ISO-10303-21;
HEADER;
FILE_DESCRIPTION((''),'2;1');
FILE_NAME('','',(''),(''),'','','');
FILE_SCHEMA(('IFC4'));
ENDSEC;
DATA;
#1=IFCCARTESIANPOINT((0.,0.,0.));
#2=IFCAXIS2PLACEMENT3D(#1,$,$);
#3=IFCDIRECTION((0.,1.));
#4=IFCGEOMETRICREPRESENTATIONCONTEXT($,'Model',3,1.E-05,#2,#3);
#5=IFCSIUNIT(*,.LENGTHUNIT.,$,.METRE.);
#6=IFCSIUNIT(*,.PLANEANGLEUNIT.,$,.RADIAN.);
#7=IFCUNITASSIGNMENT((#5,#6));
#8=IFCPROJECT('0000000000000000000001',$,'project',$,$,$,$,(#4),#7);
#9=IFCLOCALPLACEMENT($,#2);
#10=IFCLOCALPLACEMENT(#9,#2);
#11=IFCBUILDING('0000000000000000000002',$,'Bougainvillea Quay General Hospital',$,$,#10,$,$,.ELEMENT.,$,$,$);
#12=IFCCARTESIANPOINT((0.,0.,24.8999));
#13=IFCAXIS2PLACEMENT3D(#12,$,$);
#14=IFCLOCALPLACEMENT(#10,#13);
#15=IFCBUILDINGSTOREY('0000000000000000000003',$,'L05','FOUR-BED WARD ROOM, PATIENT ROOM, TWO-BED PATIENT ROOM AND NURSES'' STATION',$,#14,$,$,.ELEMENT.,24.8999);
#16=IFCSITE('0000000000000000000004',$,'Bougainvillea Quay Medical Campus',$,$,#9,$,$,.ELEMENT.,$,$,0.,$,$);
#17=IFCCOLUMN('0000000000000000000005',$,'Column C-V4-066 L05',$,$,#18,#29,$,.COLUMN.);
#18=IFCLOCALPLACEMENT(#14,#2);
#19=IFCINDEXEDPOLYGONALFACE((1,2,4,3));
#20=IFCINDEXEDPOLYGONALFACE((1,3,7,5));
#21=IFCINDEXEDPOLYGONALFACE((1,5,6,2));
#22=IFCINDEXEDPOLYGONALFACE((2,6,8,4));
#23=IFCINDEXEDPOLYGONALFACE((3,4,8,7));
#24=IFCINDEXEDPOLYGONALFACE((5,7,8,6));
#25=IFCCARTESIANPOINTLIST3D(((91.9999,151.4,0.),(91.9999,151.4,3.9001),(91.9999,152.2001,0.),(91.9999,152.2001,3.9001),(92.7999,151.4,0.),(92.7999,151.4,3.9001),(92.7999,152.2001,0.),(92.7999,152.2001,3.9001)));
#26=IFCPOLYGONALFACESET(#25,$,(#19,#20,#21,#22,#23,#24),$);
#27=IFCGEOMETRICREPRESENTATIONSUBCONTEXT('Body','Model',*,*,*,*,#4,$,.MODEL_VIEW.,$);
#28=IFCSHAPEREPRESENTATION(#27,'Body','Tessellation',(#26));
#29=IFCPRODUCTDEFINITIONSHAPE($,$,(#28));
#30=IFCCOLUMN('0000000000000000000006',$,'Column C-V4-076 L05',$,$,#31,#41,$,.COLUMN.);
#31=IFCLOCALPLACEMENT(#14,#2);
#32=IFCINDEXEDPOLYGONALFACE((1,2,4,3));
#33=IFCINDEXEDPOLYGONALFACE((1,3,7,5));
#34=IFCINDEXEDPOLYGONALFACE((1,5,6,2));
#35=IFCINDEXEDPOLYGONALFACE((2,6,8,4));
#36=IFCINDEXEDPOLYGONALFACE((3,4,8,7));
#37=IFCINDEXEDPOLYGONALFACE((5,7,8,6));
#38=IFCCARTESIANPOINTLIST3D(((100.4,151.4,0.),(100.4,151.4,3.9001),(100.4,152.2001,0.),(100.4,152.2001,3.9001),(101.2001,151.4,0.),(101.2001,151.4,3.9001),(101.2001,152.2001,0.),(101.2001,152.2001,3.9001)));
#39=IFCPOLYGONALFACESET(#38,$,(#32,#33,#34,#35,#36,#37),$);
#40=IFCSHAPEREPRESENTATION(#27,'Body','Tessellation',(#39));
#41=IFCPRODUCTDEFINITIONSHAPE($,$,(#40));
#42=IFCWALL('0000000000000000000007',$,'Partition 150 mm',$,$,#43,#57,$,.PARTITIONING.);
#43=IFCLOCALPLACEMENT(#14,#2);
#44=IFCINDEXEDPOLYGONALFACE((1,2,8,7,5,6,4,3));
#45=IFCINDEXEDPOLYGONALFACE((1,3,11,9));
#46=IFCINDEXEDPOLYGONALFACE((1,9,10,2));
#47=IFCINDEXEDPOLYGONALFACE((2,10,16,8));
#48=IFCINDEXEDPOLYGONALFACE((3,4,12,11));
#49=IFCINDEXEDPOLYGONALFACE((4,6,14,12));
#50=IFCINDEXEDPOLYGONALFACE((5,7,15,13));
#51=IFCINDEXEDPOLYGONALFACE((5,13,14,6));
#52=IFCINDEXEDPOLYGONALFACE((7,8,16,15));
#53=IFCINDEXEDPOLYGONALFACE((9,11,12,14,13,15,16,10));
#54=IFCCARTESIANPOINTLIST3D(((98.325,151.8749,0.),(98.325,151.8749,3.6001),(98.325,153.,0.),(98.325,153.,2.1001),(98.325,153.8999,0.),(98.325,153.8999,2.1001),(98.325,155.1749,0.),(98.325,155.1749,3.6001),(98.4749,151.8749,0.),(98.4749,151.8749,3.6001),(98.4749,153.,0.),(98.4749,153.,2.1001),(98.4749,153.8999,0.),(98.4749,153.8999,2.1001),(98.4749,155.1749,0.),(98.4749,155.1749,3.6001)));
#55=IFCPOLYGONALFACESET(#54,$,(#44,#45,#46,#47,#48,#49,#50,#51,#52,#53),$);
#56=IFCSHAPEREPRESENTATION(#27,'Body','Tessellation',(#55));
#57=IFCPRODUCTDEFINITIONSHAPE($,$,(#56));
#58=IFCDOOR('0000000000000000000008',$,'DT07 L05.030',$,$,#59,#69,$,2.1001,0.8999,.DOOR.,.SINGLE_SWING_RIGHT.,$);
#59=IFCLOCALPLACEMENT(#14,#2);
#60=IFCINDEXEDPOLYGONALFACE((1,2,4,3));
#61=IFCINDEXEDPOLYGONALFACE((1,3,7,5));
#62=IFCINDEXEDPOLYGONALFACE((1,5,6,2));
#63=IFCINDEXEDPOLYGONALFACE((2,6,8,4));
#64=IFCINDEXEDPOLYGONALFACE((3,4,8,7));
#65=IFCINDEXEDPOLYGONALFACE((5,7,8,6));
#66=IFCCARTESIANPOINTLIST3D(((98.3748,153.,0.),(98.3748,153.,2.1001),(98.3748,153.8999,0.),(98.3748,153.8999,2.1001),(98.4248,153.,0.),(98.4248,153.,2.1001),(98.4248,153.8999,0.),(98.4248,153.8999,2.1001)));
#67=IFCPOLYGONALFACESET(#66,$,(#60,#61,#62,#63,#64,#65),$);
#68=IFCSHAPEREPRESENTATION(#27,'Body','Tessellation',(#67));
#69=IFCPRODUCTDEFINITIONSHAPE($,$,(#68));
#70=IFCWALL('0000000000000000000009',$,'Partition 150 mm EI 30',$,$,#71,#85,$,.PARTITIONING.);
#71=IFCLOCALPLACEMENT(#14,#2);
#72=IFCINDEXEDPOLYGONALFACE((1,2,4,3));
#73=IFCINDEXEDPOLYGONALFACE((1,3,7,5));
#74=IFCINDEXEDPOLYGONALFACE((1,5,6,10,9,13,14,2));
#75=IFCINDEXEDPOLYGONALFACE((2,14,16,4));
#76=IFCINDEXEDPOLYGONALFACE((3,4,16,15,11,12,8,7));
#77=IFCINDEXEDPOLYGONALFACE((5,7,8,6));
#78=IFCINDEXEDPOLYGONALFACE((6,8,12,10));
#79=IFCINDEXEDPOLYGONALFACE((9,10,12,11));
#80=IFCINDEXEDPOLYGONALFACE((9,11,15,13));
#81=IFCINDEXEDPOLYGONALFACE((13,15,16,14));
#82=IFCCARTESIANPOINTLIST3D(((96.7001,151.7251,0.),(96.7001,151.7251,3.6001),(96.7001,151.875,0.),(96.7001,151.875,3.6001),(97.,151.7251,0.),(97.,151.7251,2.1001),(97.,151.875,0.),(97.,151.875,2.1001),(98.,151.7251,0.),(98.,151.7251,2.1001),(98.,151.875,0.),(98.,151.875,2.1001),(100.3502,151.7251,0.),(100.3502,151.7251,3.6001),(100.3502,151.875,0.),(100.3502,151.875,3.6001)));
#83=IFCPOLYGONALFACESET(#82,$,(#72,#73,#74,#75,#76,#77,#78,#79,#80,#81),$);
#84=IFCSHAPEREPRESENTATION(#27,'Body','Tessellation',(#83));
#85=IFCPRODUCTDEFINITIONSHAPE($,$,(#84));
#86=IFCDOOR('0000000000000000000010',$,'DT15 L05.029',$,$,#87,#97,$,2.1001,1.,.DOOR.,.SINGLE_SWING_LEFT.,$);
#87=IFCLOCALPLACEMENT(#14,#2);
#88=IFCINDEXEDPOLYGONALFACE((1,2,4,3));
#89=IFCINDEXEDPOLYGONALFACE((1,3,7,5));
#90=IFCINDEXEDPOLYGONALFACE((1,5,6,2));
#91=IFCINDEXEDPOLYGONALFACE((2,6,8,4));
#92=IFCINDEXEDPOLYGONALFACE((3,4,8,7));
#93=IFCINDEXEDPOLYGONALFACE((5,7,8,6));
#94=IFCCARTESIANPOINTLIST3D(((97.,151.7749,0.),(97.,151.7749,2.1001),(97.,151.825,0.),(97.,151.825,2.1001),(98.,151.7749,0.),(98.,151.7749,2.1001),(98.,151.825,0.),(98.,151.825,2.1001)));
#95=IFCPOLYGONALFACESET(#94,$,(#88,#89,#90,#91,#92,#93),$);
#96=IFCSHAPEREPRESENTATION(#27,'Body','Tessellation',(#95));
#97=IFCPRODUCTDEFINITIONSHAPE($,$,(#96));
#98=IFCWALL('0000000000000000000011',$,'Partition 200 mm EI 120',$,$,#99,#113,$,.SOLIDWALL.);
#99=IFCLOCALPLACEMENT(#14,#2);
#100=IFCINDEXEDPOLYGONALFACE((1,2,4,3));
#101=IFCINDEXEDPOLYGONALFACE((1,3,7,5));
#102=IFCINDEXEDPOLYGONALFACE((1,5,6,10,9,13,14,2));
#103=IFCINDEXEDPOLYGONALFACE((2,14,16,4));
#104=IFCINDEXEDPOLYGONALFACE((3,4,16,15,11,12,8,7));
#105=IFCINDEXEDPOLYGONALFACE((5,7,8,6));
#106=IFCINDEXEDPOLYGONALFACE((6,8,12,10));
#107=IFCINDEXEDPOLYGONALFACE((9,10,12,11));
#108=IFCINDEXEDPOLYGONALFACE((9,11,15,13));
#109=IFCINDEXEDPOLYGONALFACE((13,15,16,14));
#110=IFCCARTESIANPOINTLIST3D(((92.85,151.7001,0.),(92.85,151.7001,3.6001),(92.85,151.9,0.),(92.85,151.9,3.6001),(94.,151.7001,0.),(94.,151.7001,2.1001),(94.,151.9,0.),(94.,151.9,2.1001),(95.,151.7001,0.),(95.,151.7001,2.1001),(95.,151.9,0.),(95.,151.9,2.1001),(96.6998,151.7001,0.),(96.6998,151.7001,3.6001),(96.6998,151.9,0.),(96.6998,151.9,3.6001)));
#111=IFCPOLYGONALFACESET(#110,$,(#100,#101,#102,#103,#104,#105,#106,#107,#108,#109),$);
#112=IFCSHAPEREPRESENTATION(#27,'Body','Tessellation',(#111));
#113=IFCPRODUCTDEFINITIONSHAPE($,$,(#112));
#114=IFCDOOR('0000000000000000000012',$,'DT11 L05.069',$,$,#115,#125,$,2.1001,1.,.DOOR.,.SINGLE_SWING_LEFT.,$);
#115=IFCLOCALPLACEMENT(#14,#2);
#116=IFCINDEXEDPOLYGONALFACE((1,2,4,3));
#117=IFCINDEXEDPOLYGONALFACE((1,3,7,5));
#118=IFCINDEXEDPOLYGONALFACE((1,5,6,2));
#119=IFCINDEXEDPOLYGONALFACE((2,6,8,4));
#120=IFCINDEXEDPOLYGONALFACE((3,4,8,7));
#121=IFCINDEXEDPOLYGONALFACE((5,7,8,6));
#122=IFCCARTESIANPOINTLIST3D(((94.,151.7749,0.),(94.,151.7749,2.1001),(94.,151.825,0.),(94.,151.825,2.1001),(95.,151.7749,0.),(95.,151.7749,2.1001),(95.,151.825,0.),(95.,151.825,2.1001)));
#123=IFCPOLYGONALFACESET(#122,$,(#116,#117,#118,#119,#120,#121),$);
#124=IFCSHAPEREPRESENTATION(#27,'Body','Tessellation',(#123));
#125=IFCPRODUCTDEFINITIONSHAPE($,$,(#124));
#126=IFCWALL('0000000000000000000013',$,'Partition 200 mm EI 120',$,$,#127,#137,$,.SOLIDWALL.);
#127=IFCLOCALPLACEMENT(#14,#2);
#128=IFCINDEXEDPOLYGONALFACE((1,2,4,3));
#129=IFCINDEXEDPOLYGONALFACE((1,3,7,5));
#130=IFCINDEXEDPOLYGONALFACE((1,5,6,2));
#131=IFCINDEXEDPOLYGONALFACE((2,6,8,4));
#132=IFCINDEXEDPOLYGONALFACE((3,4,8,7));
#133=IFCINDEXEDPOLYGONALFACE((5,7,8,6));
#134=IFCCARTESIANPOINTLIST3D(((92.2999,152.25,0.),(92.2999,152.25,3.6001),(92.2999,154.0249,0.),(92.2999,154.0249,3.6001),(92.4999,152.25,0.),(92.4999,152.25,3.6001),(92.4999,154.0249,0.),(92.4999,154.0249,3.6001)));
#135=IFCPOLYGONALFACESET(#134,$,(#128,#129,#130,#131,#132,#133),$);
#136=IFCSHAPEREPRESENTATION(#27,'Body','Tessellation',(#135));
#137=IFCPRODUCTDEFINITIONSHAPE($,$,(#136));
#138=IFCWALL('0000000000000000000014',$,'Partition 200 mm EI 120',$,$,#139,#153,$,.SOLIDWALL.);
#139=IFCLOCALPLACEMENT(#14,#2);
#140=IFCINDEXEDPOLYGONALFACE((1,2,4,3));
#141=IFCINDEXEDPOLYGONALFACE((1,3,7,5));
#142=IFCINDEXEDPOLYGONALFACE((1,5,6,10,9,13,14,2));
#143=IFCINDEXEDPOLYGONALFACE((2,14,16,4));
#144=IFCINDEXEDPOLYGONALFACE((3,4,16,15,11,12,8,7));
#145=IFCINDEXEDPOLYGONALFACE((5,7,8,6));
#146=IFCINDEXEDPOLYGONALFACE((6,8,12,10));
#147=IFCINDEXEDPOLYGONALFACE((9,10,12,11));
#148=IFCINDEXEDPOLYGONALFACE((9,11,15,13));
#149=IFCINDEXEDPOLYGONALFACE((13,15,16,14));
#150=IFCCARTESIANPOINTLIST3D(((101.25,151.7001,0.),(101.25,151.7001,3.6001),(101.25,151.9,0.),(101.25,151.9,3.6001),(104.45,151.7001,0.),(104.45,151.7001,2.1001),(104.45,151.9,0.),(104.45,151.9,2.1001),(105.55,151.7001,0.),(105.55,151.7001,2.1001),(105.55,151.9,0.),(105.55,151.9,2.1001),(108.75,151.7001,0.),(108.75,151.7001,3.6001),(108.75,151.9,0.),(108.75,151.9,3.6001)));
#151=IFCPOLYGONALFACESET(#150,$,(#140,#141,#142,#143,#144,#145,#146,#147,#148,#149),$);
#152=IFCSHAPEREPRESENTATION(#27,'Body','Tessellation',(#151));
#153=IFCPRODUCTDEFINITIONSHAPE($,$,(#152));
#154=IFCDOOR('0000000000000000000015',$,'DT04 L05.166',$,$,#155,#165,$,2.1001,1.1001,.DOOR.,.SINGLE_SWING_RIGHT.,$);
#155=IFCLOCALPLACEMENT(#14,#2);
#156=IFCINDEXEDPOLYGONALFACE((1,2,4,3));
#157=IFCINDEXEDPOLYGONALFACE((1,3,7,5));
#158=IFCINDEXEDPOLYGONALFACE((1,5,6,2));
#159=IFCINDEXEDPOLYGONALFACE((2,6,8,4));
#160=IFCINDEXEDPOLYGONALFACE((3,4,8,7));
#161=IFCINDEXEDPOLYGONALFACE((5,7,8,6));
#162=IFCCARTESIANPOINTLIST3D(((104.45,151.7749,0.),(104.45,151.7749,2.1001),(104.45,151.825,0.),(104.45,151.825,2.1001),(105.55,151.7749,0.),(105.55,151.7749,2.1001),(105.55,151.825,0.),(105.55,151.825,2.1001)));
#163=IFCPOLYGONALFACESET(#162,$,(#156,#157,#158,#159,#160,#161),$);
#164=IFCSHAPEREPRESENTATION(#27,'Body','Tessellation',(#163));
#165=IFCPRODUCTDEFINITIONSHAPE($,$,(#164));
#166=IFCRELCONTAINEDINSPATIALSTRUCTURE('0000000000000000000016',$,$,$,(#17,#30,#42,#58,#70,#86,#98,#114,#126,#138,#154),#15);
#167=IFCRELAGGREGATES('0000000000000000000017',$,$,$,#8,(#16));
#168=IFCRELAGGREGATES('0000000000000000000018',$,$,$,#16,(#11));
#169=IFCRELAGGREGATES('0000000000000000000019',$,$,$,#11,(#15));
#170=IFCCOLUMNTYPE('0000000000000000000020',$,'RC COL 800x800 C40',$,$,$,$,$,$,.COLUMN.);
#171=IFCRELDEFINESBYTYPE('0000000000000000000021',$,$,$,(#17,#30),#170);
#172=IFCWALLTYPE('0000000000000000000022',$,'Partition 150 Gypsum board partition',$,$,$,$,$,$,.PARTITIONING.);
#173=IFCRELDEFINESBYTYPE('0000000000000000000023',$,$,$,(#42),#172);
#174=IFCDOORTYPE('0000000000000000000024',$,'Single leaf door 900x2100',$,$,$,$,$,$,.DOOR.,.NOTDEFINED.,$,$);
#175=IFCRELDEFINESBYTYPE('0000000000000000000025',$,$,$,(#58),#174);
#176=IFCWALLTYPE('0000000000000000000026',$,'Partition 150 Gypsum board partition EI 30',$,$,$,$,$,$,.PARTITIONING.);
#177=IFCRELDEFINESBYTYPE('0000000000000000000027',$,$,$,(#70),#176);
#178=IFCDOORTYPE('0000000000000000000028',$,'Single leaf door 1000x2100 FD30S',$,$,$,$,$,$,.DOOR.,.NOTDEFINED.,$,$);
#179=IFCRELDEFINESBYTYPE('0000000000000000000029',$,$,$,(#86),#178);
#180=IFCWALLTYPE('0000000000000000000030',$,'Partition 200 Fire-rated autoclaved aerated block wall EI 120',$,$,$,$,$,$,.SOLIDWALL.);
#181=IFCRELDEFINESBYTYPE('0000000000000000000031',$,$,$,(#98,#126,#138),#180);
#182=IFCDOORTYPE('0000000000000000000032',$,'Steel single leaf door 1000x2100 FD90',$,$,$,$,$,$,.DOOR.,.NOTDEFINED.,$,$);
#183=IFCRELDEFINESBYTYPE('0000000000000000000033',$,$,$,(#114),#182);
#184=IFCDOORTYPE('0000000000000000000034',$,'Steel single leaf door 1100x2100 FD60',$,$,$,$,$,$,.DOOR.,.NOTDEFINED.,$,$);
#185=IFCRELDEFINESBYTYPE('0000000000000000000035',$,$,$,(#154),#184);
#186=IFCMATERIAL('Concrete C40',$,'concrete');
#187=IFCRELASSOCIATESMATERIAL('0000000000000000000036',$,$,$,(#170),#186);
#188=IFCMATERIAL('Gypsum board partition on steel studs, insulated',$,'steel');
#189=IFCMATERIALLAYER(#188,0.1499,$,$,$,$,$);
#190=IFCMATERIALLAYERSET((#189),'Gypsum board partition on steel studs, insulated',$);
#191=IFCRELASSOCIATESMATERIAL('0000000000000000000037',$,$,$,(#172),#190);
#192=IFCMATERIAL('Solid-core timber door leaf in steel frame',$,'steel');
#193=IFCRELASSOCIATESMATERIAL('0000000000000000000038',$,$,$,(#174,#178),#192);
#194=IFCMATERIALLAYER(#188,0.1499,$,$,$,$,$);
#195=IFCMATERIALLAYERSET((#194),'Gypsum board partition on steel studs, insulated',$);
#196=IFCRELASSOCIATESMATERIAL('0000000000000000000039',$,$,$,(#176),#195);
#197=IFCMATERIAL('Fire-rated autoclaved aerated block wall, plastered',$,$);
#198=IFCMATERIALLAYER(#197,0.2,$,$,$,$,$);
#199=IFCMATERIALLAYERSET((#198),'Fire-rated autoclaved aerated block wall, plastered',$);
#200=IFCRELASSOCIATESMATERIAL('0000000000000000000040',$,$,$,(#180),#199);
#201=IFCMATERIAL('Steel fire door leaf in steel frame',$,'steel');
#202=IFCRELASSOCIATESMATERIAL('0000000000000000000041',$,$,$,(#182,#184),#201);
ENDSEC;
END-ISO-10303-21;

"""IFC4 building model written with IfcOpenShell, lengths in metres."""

from ifc_helpers import new_model, si_unit, direction, frame, frame_2d, origin, origin_2d, place, context, subcontext, project, spatial, rectangle, extrude, material, layer, layer_set, material_profile, profile_set, type_object, element, fill, save


model = new_model("IFC4")

# Units and contexts
model_context = context("Model", 3, precision=1e-05, world=origin(), true_north=direction((0.0, 1.0)))
body_context = subcontext(model_context, "Body", "Model", "MODEL_VIEW")
ifc_project = project(units=[si_unit("LENGTHUNIT", "METRE"), si_unit("PLANEANGLEUNIT", "RADIAN")], contexts=[model_context])

# Site, building, storey
site_placement = place(None, origin())
site = spatial("IfcSite", under=ifc_project, at=site_placement, Name="Bougainvillea Quay Medical Campus", CompositionType="ELEMENT", RefElevation=0.0)
building_placement = place(site_placement, origin())
building = spatial("IfcBuilding", under=site, at=building_placement, Name="Bougainvillea Quay General Hospital", CompositionType="ELEMENT")
storey_placement = place(building_placement, frame((0.0, 0.0, 24.8999)))
storey = spatial("IfcBuildingStorey", under=building, at=storey_placement, Name="L05", Description="FOUR-BED WARD ROOM, PATIENT ROOM, TWO-BED PATIENT ROOM AND NURSES' STATION", CompositionType="ELEMENT", Elevation=24.8999)

# Columns
ifc_material_1 = material(Name="Concrete C40", Category="concrete")
ifc_material_profile = material_profile(ifc_material_1, rectangle(XDim=0.8, YDim=0.8, at=origin_2d()))
ifc_profile_set = profile_set([ifc_material_profile], Name="Concrete C40")
column_type = type_object("IfcColumnType", Name="RC COL 800x800 C40", PredefinedType="COLUMN", material=ifc_profile_set)
for number, where, z_axis, x_axis, name in (
    (1, (92.3999, 151.8, 0.0), (0.0, 0.0, 1.0), (1.0, 0.0, 0.0), "Column C-V4-066 L05"),
    (2, (100.8, 151.8, 0.0), (0.0, 0.0, 1.0), (1.0, 0.0, 0.0), "Column C-V4-076 L05"),
):
    element("IfcColumn", number, at=place(storey_placement, frame(where, z_axis=z_axis, x_axis=x_axis)), inside=storey, type_object=column_type, Name=name, PredefinedType="COLUMN", context=body_context, shape_type="SweptSolid", body=[
        extrude(rectangle(XDim=0.8, YDim=0.8, at=origin_2d()), origin(), (0.0, 0.0, 1.0), 3.9001),
    ])

# Walls, openings, doors
ifc_material_2 = material(Name="Gypsum board partition on steel studs, insulated", Category="steel")
ifc_layer_1 = layer(ifc_material_2, 0.1499)
ifc_layer_set_1 = layer_set([ifc_layer_1], Name="Gypsum board partition on steel studs, insulated")
wall_type_1 = type_object("IfcWallType", Name="Partition 150 Gypsum board partition", PredefinedType="PARTITIONING", material=ifc_layer_set_1)
wall_1_placement = place(storey_placement, frame((98.3999, 151.875, 0.0), z_axis=(0.0, 0.0, 1.0), x_axis=(0.0, 1.0, 0.0)))
wall_1 = element("IfcWall", 3, at=wall_1_placement, inside=storey, type_object=wall_type_1, Name="Partition 150 mm", PredefinedType="PARTITIONING", context=body_context, shape_type="SweptSolid", body=[
    extrude(rectangle(XDim=3.3, YDim=0.1499, at=frame_2d((1.6499, 0.0))), origin(), (0.0, 0.0, 1.0), 3.6001),
])
opening_1_placement = place(wall_1_placement, frame((1.125, 0.0, 0.0)))
opening_1 = element("IfcOpeningElement", 4, at=opening_1_placement, cuts=wall_1, PredefinedType="OPENING", context=body_context, shape_type="SweptSolid", body=[
    extrude(rectangle(XDim=0.8999, YDim=2.1001, at=frame_2d((0.45, 1.05))), frame((0.0, 0.085, 0.0), z_axis=(0.0, -1.0, 0.0), x_axis=(1.0, 0.0, 0.0)), (0.0, 0.0, 1.0), 0.1699),
])
ifc_material_3 = material(Name="Solid-core timber door leaf in steel frame", Category="steel")
door_type_1 = type_object("IfcDoorType", Name="Single leaf door 900x2100", OperationType="NOTDEFINED", PredefinedType="DOOR", material=ifc_material_3)
door_1_placement = place(opening_1_placement, frame((0.8999, 0.0, 0.0), z_axis=(0.0, 0.0, 1.0), x_axis=(-1.0, 0.0, 0.0)))
door_1 = element("IfcDoor", 5, at=door_1_placement, inside=storey, type_object=door_type_1, Name="DT07 L05.030", OperationType="SINGLE_SWING_RIGHT", OverallHeight=2.1001, OverallWidth=0.8999, PredefinedType="DOOR", context=body_context, shape_type="SweptSolid", body=[
    extrude(rectangle(XDim=0.8999, YDim=2.1001, at=frame_2d((0.45, 1.05))), frame((0.0, 0.0249, 0.0), z_axis=(0.0, -1.0, 0.0), x_axis=(1.0, 0.0, 0.0)), (0.0, 0.0, 1.0), 0.05),
])
fill(opening_1, door_1)
ifc_layer_2 = layer(ifc_material_2, 0.1499)
ifc_layer_set_2 = layer_set([ifc_layer_2], Name="Gypsum board partition on steel studs, insulated")
wall_type_2 = type_object("IfcWallType", Name="Partition 150 Gypsum board partition EI 30", PredefinedType="PARTITIONING", material=ifc_layer_set_2)
wall_2_placement = place(storey_placement, frame((96.7, 151.8, 0.0), z_axis=(0.0, 0.0, 1.0), x_axis=(1.0, 0.0, 0.0)))
wall_2 = element("IfcWall", 6, at=wall_2_placement, inside=storey, type_object=wall_type_2, Name="Partition 150 mm EI 30", PredefinedType="PARTITIONING", context=body_context, shape_type="SweptSolid", body=[
    extrude(rectangle(XDim=3.6501, YDim=0.1499, at=frame_2d((1.8252, 0.0))), origin(), (0.0, 0.0, 1.0), 3.6001),
])
opening_2_placement = place(wall_2_placement, frame((0.3, 0.0, 0.0)))
opening_2 = element("IfcOpeningElement", 7, at=opening_2_placement, cuts=wall_2, PredefinedType="OPENING", context=body_context, shape_type="SweptSolid", body=[
    extrude(rectangle(XDim=1.0, YDim=2.1001, at=frame_2d((0.5, 1.05))), frame((0.0, 0.085, 0.0), z_axis=(0.0, -1.0, 0.0), x_axis=(1.0, 0.0, 0.0)), (0.0, 0.0, 1.0), 0.1699),
])
door_type_2 = type_object("IfcDoorType", Name="Single leaf door 1000x2100 FD30S", OperationType="NOTDEFINED", PredefinedType="DOOR", material=ifc_material_3)
door_2_placement = place(opening_2_placement, origin())
door_2 = element("IfcDoor", 8, at=door_2_placement, inside=storey, type_object=door_type_2, Name="DT15 L05.029", OperationType="SINGLE_SWING_LEFT", OverallHeight=2.1001, OverallWidth=1.0, PredefinedType="DOOR", context=body_context, shape_type="SweptSolid", body=[
    extrude(rectangle(XDim=1.0, YDim=2.1001, at=frame_2d((0.5, 1.05))), frame((0.0, 0.0249, 0.0), z_axis=(0.0, -1.0, 0.0), x_axis=(1.0, 0.0, 0.0)), (0.0, 0.0, 1.0), 0.05),
])
fill(opening_2, door_2)
ifc_material_4 = material(Name="Fire-rated autoclaved aerated block wall, plastered")
ifc_layer_3 = layer(ifc_material_4, 0.2)
ifc_layer_set_3 = layer_set([ifc_layer_3], Name="Fire-rated autoclaved aerated block wall, plastered")
wall_type_3 = type_object("IfcWallType", Name="Partition 200 Fire-rated autoclaved aerated block wall EI 120", PredefinedType="SOLIDWALL", material=ifc_layer_set_3)
wall_3_placement = place(storey_placement, frame((92.8501, 151.8, 0.0), z_axis=(0.0, 0.0, 1.0), x_axis=(1.0, 0.0, 0.0)))
wall_3 = element("IfcWall", 9, at=wall_3_placement, inside=storey, type_object=wall_type_3, Name="Partition 200 mm EI 120", PredefinedType="SOLIDWALL", context=body_context, shape_type="SweptSolid", body=[
    extrude(rectangle(XDim=3.8499, YDim=0.2, at=frame_2d((1.9248, 0.0))), origin(), (0.0, 0.0, 1.0), 3.6001),
])
opening_3_placement = place(wall_3_placement, frame((1.1499, 0.0, 0.0)))
opening_3 = element("IfcOpeningElement", 10, at=opening_3_placement, cuts=wall_3, PredefinedType="OPENING", context=body_context, shape_type="SweptSolid", body=[
    extrude(rectangle(XDim=1.0, YDim=2.1001, at=frame_2d((0.5, 1.05))), frame((0.0, 0.1099, 0.0), z_axis=(0.0, -1.0, 0.0), x_axis=(1.0, 0.0, 0.0)), (0.0, 0.0, 1.0), 0.22),
])
ifc_material_5 = material(Name="Steel fire door leaf in steel frame", Category="steel")
door_type_3 = type_object("IfcDoorType", Name="Steel single leaf door 1000x2100 FD90", OperationType="NOTDEFINED", PredefinedType="DOOR", material=ifc_material_5)
door_3_placement = place(opening_3_placement, origin())
door_3 = element("IfcDoor", 11, at=door_3_placement, inside=storey, type_object=door_type_3, Name="DT11 L05.069", OperationType="SINGLE_SWING_LEFT", OverallHeight=2.1001, OverallWidth=1.0, PredefinedType="DOOR", context=body_context, shape_type="SweptSolid", body=[
    extrude(rectangle(XDim=1.0, YDim=2.1001, at=frame_2d((0.5, 1.05))), frame((0.0, 0.0249, 0.0), z_axis=(0.0, -1.0, 0.0), x_axis=(1.0, 0.0, 0.0)), (0.0, 0.0, 1.0), 0.05),
])
fill(opening_3, door_3)

# Wall
wall_4_placement = place(storey_placement, frame((92.3999, 152.25, 0.0), z_axis=(0.0, 0.0, 1.0), x_axis=(0.0, 1.0, 0.0)))
element("IfcWall", 12, at=wall_4_placement, inside=storey, type_object=wall_type_3, Name="Partition 200 mm EI 120", PredefinedType="SOLIDWALL", context=body_context, shape_type="SweptSolid", body=[
    extrude(rectangle(XDim=1.7749, YDim=0.2, at=frame_2d((0.8875, 0.0))), origin(), (0.0, 0.0, 1.0), 3.6001),
])

# Wall, opening, door
wall_5_placement = place(storey_placement, frame((101.25, 151.8, 0.0), z_axis=(0.0, 0.0, 1.0), x_axis=(1.0, 0.0, 0.0)))
wall_5 = element("IfcWall", 13, at=wall_5_placement, inside=storey, type_object=wall_type_3, Name="Partition 200 mm EI 120", PredefinedType="SOLIDWALL", context=body_context, shape_type="SweptSolid", body=[
    extrude(rectangle(XDim=7.5, YDim=0.2, at=frame_2d((3.75, 0.0))), origin(), (0.0, 0.0, 1.0), 3.6001),
])
opening_4_placement = place(wall_5_placement, frame((3.2, 0.0, 0.0)))
opening_4 = element("IfcOpeningElement", 14, at=opening_4_placement, cuts=wall_5, PredefinedType="OPENING", context=body_context, shape_type="SweptSolid", body=[
    extrude(rectangle(XDim=1.1001, YDim=2.1001, at=frame_2d((0.55, 1.05))), frame((0.0, 0.1099, 0.0), z_axis=(0.0, -1.0, 0.0), x_axis=(1.0, 0.0, 0.0)), (0.0, 0.0, 1.0), 0.22),
])
door_type_4 = type_object("IfcDoorType", Name="Steel single leaf door 1100x2100 FD60", OperationType="NOTDEFINED", PredefinedType="DOOR", material=ifc_material_5)
door_4_placement = place(opening_4_placement, origin())
door_4 = element("IfcDoor", 15, at=door_4_placement, inside=storey, type_object=door_type_4, Name="DT04 L05.166", OperationType="SINGLE_SWING_RIGHT", OverallHeight=2.1001, OverallWidth=1.1001, PredefinedType="DOOR", context=body_context, shape_type="SweptSolid", body=[
    extrude(rectangle(XDim=1.1001, YDim=2.1001, at=frame_2d((0.55, 1.05))), frame((0.0, 0.0249, 0.0), z_axis=(0.0, -1.0, 0.0), x_axis=(1.0, 0.0, 0.0)), (0.0, 0.0, 1.0), 0.05),
])
fill(opening_4, door_4)

save(model, "model.ifc")
